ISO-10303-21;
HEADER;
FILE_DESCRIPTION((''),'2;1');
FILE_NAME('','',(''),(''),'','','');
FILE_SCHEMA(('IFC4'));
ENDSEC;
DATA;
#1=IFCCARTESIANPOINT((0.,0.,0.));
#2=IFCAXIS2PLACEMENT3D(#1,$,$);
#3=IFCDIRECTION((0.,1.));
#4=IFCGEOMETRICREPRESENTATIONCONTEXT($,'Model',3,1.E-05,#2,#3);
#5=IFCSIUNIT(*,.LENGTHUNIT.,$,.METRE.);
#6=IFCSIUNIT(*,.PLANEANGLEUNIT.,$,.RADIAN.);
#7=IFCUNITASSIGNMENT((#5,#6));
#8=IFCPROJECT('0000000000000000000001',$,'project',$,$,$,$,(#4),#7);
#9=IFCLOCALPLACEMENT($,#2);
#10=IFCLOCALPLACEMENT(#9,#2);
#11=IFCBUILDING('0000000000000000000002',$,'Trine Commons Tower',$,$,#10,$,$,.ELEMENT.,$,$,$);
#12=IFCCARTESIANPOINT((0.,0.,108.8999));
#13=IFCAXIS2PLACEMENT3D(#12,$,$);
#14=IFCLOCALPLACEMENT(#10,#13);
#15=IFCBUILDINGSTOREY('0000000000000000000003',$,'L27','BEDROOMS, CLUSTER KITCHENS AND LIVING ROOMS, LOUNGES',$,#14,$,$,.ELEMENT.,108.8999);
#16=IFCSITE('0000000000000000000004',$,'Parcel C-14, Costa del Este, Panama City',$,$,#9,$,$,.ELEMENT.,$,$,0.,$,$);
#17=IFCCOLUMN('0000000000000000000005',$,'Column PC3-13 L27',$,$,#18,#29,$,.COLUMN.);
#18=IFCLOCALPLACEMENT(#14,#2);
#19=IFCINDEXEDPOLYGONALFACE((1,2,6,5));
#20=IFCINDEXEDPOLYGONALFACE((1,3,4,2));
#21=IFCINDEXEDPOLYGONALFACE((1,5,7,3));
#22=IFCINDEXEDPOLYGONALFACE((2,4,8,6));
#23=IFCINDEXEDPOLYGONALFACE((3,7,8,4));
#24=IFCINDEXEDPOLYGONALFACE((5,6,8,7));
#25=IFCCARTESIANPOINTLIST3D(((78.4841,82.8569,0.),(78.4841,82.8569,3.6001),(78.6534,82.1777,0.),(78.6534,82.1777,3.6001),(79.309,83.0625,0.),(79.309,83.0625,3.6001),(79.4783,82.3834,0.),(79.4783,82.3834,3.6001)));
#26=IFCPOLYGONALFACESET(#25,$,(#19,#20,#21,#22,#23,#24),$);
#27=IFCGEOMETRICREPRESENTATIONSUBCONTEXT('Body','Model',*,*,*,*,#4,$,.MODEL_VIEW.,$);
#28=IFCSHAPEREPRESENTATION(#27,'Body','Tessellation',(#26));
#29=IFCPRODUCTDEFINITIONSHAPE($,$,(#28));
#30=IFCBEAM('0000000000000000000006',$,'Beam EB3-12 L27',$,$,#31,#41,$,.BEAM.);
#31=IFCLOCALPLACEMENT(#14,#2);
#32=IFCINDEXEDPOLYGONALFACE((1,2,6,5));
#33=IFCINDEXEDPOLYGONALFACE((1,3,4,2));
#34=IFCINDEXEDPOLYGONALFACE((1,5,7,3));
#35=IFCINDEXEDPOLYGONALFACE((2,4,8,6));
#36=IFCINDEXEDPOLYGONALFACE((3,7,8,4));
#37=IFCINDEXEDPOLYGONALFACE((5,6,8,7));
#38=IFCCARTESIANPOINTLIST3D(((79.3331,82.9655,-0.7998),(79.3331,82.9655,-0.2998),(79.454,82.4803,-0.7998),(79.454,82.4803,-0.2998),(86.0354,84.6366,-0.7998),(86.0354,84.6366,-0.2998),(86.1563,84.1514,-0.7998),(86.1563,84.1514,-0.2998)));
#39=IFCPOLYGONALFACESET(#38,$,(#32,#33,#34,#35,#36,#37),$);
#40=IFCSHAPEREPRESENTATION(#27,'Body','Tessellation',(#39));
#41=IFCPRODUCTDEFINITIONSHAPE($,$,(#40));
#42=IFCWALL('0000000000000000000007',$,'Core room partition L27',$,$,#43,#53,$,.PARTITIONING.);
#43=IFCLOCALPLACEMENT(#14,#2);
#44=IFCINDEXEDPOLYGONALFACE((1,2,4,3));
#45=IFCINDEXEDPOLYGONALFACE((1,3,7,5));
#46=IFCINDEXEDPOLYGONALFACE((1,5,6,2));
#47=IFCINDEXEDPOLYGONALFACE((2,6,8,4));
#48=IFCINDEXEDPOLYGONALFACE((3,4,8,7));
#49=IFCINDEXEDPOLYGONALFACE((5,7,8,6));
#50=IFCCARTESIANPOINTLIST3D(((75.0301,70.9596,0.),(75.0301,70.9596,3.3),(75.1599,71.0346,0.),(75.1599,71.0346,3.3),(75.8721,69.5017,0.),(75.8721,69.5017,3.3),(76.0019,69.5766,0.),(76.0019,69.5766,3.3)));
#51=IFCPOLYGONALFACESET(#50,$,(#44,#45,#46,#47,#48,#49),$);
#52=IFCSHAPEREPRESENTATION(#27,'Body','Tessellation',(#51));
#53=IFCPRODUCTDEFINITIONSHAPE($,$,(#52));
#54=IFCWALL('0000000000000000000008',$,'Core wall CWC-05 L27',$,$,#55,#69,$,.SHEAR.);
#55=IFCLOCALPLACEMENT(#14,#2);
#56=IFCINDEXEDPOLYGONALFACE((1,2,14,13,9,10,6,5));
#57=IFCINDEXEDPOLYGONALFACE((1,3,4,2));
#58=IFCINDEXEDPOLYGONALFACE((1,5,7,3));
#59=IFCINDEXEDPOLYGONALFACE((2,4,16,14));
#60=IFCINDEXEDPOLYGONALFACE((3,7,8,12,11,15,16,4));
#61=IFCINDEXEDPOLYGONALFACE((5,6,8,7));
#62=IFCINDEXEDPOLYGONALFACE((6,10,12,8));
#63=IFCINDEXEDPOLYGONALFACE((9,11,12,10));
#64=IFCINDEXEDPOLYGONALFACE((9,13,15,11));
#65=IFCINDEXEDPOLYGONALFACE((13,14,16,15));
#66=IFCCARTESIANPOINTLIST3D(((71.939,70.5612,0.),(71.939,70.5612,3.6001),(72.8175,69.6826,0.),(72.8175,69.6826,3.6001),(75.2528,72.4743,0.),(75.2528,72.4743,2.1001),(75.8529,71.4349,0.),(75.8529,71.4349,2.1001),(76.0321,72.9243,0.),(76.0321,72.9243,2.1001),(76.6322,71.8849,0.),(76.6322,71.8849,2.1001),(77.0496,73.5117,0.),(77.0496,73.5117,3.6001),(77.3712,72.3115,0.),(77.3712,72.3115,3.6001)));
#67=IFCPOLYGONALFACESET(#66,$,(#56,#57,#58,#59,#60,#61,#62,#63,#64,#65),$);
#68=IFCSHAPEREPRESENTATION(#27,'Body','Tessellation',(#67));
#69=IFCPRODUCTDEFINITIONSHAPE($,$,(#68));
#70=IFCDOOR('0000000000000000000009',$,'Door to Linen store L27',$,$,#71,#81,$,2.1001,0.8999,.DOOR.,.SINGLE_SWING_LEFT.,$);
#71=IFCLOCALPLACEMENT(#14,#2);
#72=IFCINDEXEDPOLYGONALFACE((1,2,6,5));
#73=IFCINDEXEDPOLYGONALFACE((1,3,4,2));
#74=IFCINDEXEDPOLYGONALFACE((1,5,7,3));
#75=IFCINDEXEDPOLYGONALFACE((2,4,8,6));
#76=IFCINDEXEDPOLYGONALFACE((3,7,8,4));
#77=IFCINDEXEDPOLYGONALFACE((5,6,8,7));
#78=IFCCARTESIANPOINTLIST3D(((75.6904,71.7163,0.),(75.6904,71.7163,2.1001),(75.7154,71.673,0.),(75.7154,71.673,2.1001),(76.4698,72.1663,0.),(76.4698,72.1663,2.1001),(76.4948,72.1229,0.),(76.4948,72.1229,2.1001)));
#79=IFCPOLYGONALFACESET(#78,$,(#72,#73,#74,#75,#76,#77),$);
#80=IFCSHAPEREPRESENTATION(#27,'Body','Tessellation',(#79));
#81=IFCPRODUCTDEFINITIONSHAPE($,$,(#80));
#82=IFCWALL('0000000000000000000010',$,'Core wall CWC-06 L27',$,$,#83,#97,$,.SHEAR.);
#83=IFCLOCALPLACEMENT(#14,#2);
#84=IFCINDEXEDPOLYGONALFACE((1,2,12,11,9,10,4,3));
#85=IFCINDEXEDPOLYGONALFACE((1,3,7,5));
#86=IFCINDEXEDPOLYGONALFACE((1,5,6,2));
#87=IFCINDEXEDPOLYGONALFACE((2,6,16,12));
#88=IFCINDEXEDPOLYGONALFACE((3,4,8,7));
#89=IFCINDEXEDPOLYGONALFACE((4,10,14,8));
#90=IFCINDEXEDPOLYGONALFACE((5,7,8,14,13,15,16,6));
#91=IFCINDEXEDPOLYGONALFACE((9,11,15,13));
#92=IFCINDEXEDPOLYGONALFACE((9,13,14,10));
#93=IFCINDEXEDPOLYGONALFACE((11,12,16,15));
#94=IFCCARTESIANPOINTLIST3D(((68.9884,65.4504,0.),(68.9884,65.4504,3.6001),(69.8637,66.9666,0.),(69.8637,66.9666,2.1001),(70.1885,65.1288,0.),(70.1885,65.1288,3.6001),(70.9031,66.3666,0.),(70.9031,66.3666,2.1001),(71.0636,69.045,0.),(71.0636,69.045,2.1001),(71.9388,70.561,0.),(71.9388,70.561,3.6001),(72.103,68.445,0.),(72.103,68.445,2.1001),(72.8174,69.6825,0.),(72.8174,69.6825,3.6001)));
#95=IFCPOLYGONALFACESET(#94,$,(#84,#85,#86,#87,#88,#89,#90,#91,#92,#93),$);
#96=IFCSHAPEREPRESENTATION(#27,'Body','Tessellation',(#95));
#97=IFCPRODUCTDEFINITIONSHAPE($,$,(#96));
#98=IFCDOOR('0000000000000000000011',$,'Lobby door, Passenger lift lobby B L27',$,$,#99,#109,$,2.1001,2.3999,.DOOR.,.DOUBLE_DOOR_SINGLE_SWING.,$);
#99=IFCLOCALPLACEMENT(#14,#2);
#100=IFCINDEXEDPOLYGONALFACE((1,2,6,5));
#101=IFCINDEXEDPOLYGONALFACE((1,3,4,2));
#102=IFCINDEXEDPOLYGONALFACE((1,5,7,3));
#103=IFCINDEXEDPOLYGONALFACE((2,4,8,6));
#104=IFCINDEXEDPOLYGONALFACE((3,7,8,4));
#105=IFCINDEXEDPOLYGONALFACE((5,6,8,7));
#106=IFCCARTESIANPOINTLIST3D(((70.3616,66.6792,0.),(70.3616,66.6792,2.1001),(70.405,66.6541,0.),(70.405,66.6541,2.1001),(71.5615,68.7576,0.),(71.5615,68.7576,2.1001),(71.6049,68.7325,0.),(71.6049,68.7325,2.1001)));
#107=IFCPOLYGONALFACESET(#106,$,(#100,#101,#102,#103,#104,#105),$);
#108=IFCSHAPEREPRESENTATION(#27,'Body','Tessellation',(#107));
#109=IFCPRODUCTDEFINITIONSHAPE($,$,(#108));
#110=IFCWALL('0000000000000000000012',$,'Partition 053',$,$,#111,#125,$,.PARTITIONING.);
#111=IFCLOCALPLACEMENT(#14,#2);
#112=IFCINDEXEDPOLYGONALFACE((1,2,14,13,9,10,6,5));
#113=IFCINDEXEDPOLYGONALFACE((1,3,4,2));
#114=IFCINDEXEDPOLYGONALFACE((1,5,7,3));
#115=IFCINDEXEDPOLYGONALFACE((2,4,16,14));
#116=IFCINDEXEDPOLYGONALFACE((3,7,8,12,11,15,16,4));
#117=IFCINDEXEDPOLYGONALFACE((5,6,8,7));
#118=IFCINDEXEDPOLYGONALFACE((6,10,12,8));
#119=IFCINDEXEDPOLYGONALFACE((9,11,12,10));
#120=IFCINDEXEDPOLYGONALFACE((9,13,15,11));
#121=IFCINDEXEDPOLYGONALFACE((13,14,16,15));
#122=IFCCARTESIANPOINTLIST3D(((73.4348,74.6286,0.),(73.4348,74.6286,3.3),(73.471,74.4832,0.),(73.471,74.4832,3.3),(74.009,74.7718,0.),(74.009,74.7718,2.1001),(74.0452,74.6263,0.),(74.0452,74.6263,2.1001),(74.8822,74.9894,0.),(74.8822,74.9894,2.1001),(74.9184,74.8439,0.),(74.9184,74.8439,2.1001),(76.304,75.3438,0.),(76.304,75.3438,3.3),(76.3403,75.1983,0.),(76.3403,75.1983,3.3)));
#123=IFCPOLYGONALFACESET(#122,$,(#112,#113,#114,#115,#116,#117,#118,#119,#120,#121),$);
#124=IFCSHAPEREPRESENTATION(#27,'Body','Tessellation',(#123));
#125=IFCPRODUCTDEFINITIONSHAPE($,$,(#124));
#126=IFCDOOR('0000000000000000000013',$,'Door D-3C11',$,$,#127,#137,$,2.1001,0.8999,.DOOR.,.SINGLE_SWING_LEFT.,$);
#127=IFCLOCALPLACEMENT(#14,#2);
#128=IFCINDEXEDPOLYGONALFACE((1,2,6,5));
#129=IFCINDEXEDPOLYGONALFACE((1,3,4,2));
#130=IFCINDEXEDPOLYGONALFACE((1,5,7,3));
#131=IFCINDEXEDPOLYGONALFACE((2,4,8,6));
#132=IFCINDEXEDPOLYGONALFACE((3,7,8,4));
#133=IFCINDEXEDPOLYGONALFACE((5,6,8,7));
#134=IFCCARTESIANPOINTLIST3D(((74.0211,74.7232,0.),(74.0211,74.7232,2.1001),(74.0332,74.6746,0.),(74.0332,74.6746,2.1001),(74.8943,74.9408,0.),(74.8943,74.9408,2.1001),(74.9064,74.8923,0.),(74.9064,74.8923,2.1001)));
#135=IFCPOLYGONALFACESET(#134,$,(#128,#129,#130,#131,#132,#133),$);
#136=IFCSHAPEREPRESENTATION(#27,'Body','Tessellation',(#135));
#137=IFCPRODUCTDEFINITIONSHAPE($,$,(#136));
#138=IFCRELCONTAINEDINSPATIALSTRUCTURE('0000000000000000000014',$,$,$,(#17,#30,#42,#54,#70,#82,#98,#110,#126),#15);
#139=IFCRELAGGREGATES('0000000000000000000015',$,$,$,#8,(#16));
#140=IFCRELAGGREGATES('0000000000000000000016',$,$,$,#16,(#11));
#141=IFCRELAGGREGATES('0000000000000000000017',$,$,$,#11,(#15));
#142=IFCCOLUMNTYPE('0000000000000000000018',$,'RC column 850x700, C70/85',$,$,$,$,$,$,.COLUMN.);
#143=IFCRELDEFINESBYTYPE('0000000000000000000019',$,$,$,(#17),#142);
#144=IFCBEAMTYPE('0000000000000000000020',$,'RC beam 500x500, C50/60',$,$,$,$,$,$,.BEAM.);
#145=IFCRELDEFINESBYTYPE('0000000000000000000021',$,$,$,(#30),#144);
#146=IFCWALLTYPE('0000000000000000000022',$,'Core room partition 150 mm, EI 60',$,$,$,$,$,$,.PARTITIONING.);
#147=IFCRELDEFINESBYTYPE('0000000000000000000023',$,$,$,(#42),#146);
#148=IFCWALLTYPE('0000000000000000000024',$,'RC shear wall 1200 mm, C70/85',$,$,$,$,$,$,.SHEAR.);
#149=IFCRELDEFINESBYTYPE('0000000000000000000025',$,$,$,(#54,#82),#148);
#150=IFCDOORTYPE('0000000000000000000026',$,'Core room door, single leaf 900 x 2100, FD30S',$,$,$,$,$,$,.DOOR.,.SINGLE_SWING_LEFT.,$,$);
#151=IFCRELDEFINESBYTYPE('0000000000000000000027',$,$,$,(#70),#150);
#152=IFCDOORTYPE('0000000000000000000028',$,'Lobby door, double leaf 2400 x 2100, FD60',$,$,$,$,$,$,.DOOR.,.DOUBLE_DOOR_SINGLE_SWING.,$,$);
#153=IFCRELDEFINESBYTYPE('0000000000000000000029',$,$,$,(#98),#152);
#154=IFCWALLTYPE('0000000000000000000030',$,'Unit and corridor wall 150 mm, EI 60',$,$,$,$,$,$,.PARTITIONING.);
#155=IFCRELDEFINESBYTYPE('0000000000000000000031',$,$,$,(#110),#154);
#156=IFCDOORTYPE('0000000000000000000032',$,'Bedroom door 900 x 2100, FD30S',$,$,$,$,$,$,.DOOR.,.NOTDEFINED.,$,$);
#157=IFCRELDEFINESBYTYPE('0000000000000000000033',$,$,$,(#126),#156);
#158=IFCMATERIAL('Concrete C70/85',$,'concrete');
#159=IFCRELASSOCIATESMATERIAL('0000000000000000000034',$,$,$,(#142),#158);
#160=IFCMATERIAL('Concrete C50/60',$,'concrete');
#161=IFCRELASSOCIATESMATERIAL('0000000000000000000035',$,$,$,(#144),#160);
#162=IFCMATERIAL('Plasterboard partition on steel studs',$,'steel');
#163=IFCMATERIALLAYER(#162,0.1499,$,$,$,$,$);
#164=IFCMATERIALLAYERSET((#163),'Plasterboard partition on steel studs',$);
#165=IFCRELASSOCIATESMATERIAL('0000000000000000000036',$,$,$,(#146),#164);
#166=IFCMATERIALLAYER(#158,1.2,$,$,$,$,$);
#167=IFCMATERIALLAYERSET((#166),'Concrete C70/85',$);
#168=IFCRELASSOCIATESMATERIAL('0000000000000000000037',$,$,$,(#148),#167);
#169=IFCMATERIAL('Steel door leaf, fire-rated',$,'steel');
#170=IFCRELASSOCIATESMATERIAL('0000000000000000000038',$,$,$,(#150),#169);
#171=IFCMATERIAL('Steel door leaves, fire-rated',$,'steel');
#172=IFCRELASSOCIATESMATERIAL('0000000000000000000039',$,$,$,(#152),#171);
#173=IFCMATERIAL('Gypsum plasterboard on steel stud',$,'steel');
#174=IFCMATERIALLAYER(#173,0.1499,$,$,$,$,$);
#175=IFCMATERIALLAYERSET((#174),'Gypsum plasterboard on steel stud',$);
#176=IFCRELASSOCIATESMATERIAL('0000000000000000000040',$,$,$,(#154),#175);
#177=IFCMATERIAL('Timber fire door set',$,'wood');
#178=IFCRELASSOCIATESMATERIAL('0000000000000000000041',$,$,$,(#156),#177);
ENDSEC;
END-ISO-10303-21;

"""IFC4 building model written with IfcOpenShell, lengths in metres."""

from ifc_helpers import new_model, si_unit, direction, frame, frame_2d, origin, origin_2d, place, context, subcontext, project, spatial, polyline, rectangle, outline, extrude, material, layer, layer_set, material_profile, profile_set, type_object, element, fill, save


model = new_model("IFC4")

# Units and contexts
model_context = context("Model", 3, precision=1e-05, world=origin(), true_north=direction((0.0, 1.0)))
body_context = subcontext(model_context, "Body", "Model", "MODEL_VIEW")
ifc_project = project(units=[si_unit("LENGTHUNIT", "METRE"), si_unit("PLANEANGLEUNIT", "RADIAN")], contexts=[model_context])

# Site, building, storey
site_placement = place(None, origin())
site = spatial("IfcSite", under=ifc_project, at=site_placement, Name="Parcel C-14, Costa del Este, Panama City", CompositionType="ELEMENT", RefElevation=0.0)
building_placement = place(site_placement, origin())
building = spatial("IfcBuilding", under=site, at=building_placement, Name="Trine Commons Tower", CompositionType="ELEMENT")
storey_placement = place(building_placement, frame((0.0, 0.0, 108.8999)))
storey = spatial("IfcBuildingStorey", under=building, at=storey_placement, Name="L27", Description="BEDROOMS, CLUSTER KITCHENS AND LIVING ROOMS, LOUNGES", CompositionType="ELEMENT", Elevation=108.8999)

# Column
ifc_material_1 = material(Name="Concrete C70/85", Category="concrete")
ifc_material_profile_1 = material_profile(ifc_material_1, rectangle(XDim=0.8501, YDim=0.7, at=origin_2d()), Name="RC 850x700")
ifc_profile_set_1 = profile_set([ifc_material_profile_1], Name="Concrete C70/85")
column_type = type_object("IfcColumnType", Name="RC column 850x700, C70/85", PredefinedType="COLUMN", material=ifc_profile_set_1)
column_placement = place(storey_placement, frame((78.9812, 82.6201, 0.0), z_axis=(0.0, 0.0, 1.0), x_axis=(0.970296, 0.241922, 0.0)))
element("IfcColumn", 1, at=column_placement, inside=storey, type_object=column_type, Name="Column PC3-13 L27", PredefinedType="COLUMN", context=body_context, shape_type="SweptSolid", body=[
    extrude(rectangle(XDim=0.8501, YDim=0.7, at=origin_2d()), origin(), (0.0, 0.0, 1.0), 3.6001),
])

# Beam
ifc_material_2 = material(Name="Concrete C50/60", Category="concrete")
ifc_material_profile_2 = material_profile(ifc_material_2, rectangle(XDim=0.5, YDim=0.5, at=origin_2d()), Name="RC 500x500")
ifc_profile_set_2 = profile_set([ifc_material_profile_2], Name="Concrete C50/60")
beam_type = type_object("IfcBeamType", Name="RC beam 500x500, C50/60", PredefinedType="BEAM", material=ifc_profile_set_2)
beam_placement = place(storey_placement, frame((79.3936, 82.7229, -0.5498), z_axis=(0.970294, 0.241928, 0.0), x_axis=(-0.241928, 0.970294, 0.0)))
element("IfcBeam", 2, at=beam_placement, inside=storey, type_object=beam_type, Name="Beam EB3-12 L27", PredefinedType="BEAM", context=body_context, shape_type="SweptSolid", body=[
    extrude(rectangle(XDim=0.5, YDim=0.5, at=origin_2d()), origin(), (0.0, 0.0, 1.0), 6.9075),
])

# Wall
ifc_material_3 = material(Name="Plasterboard partition on steel studs", Category="steel")
ifc_layer_1 = layer(ifc_material_3, 0.1499)
ifc_layer_set_1 = layer_set([ifc_layer_1], Name="Plasterboard partition on steel studs")
wall_type_1 = type_object("IfcWallType", Name="Core room partition 150 mm, EI 60", PredefinedType="PARTITIONING", material=ifc_layer_set_1)
wall_1_placement = place(storey_placement, frame((75.095, 70.9971, 0.0), z_axis=(0.0, 0.0, 1.0), x_axis=(0.500116, -0.865959, 0.0)))
element("IfcWall", 3, at=wall_1_placement, inside=storey, type_object=wall_type_1, Name="Core room partition L27", PredefinedType="PARTITIONING", context=body_context, shape_type="SweptSolid", body=[
    extrude(rectangle(XDim=1.6836, YDim=0.1499, at=frame_2d((0.8418, 0.0))), origin(), (0.0, 0.0, 1.0), 3.3),
])

# Walls, openings, doors
ifc_layer_2 = layer(ifc_material_1, 1.2)
ifc_layer_set_2 = layer_set([ifc_layer_2], Name="Concrete C70/85")
wall_type_2 = type_object("IfcWallType", Name="RC shear wall 1200 mm, C70/85", PredefinedType="SHEAR", material=ifc_layer_set_2)
wall_2_placement = place(storey_placement, frame((77.3496, 72.9919, 0.0), z_axis=(0.0, 0.0, 1.0), x_axis=(-0.866037, -0.499979, 0.0)))
wall_2 = element("IfcWall", 4, at=wall_2_placement, inside=storey, type_object=wall_type_2, Name="Core wall CWC-05 L27", PredefinedType="SHEAR", context=body_context, shape_type="SweptSolid", body=[
    extrude(outline(polyline([(0.0, -0.6001), (5.9011, -0.6001), (5.5796, 0.6001), (0.3215, 0.6001), (0.0, -0.6001)])), origin(), (0.0, 0.0, 1.0), 3.6001),
])
opening_1_placement = place(wall_2_placement, frame((1.1748, 0.0, 0.0)))
opening_1 = element("IfcOpeningElement", 5, at=opening_1_placement, cuts=wall_2, PredefinedType="OPENING", context=body_context, shape_type="SweptSolid", body=[
    extrude(rectangle(XDim=0.8999, YDim=2.1001, at=frame_2d((0.45, 1.05))), frame((0.0, 0.6099, 0.0), z_axis=(0.0, -1.0, 0.0), x_axis=(1.0, 0.0, 0.0)), (0.0, 0.0, 1.0), 1.22),
])
ifc_material_4 = material(Name="Steel door leaf, fire-rated", Category="steel")
door_type_1 = type_object("IfcDoorType", Name="Core room door, single leaf 900 x 2100, FD30S", OperationType="SINGLE_SWING_LEFT", PredefinedType="DOOR", material=ifc_material_4)
door_1_placement = place(opening_1_placement, origin())
door_1 = element("IfcDoor", 6, at=door_1_placement, inside=storey, type_object=door_type_1, Name="Door to Linen store L27", OperationType="SINGLE_SWING_LEFT", OverallHeight=2.1001, OverallWidth=0.8999, PredefinedType="DOOR", context=body_context, shape_type="SweptSolid", body=[
    extrude(rectangle(XDim=0.8999, YDim=2.1001, at=frame_2d((0.45, 1.05))), frame((0.0, 0.3252, 0.0), z_axis=(0.0, -1.0, 0.0), x_axis=(1.0, 0.0, 0.0)), (0.0, 0.0, 1.0), 0.05),
])
fill(opening_1, door_1)
wall_3_placement = place(storey_placement, frame((72.4585, 70.261, 0.0), z_axis=(0.0, 0.0, 1.0), x_axis=(-0.499979, -0.866037, 0.0)))
wall_3 = element("IfcWall", 7, at=wall_3_placement, inside=storey, type_object=wall_type_2, Name="Core wall CWC-06 L27", PredefinedType="SHEAR", context=body_context, shape_type="SweptSolid", body=[
    extrude(outline(polyline([(0.0, -0.6001), (5.9011, -0.6001), (5.5796, 0.6001), (0.3215, 0.6001), (0.0, -0.6001)])), origin(), (0.0, 0.0, 1.0), 3.6001),
])
opening_2_placement = place(wall_3_placement, frame((1.7505, 0.0, 0.0)))
opening_2 = element("IfcOpeningElement", 8, at=opening_2_placement, cuts=wall_3, PredefinedType="OPENING", context=body_context, shape_type="SweptSolid", body=[
    extrude(rectangle(XDim=2.3999, YDim=2.1001, at=frame_2d((1.2, 1.05))), frame((0.0, 0.6099, 0.0), z_axis=(0.0, -1.0, 0.0), x_axis=(1.0, 0.0, 0.0)), (0.0, 0.0, 1.0), 1.22),
])
ifc_material_5 = material(Name="Steel door leaves, fire-rated", Category="steel")
door_type_2 = type_object("IfcDoorType", Name="Lobby door, double leaf 2400 x 2100, FD60", OperationType="DOUBLE_DOOR_SINGLE_SWING", PredefinedType="DOOR", material=ifc_material_5)
door_2_placement = place(opening_2_placement, origin())
door_2 = element("IfcDoor", 9, at=door_2_placement, inside=storey, type_object=door_type_2, Name="Lobby door, Passenger lift lobby B L27", OperationType="DOUBLE_DOOR_SINGLE_SWING", OverallHeight=2.1001, OverallWidth=2.3999, PredefinedType="DOOR", context=body_context, shape_type="SweptSolid", body=[
    extrude(rectangle(XDim=2.3999, YDim=2.1001, at=frame_2d((1.2, 1.05))), frame((0.0, 0.0249, 0.0), z_axis=(0.0, -1.0, 0.0), x_axis=(1.0, 0.0, 0.0)), (0.0, 0.0, 1.0), 0.05),
])
fill(opening_2, door_2)
ifc_material_6 = material(Name="Gypsum plasterboard on steel stud", Category="steel")
ifc_layer_3 = layer(ifc_material_6, 0.1499)
ifc_layer_set_3 = layer_set([ifc_layer_3], Name="Gypsum plasterboard on steel stud")
wall_type_3 = type_object("IfcWallType", Name="Unit and corridor wall 150 mm, EI 60", PredefinedType="PARTITIONING", material=ifc_layer_set_3)
wall_4_placement = place(storey_placement, frame((73.4529, 74.5559, 0.0), z_axis=(0.0, 0.0, 1.0), x_axis=(0.970317, 0.241836, 0.0)))
wall_4 = element("IfcWall", 10, at=wall_4_placement, inside=storey, type_object=wall_type_3, Name="Partition 053", PredefinedType="PARTITIONING", context=body_context, shape_type="SweptSolid", body=[
    extrude(rectangle(XDim=2.957, YDim=0.1499, at=frame_2d((1.4785, 0.0))), origin(), (0.0, 0.0, 1.0), 3.3),
])
opening_3_placement = place(wall_4_placement, frame((0.5918, 0.0, 0.0)))
opening_3 = element("IfcOpeningElement", 11, at=opening_3_placement, cuts=wall_4, PredefinedType="OPENING", context=body_context, shape_type="SweptSolid", body=[
    extrude(rectangle(XDim=0.8999, YDim=2.1001, at=frame_2d((0.45, 1.05))), frame((0.0, 0.085, 0.0), z_axis=(0.0, -1.0, 0.0), x_axis=(1.0, 0.0, 0.0)), (0.0, 0.0, 1.0), 0.1699),
])
ifc_material_7 = material(Name="Timber fire door set", Category="wood")
door_type_3 = type_object("IfcDoorType", Name="Bedroom door 900 x 2100, FD30S", OperationType="NOTDEFINED", PredefinedType="DOOR", material=ifc_material_7)
door_3_placement = place(opening_3_placement, origin())
door_3 = element("IfcDoor", 12, at=door_3_placement, inside=storey, type_object=door_type_3, Name="Door D-3C11", OperationType="SINGLE_SWING_LEFT", OverallHeight=2.1001, OverallWidth=0.8999, PredefinedType="DOOR", context=body_context, shape_type="SweptSolid", body=[
    extrude(rectangle(XDim=0.8999, YDim=2.1001, at=frame_2d((0.45, 1.05))), frame((0.0, 0.0249, 0.0), z_axis=(0.0, -1.0, 0.0), x_axis=(1.0, 0.0, 0.0)), (0.0, 0.0, 1.0), 0.05),
])
fill(opening_3, door_3)

save(model, "model.ifc")
